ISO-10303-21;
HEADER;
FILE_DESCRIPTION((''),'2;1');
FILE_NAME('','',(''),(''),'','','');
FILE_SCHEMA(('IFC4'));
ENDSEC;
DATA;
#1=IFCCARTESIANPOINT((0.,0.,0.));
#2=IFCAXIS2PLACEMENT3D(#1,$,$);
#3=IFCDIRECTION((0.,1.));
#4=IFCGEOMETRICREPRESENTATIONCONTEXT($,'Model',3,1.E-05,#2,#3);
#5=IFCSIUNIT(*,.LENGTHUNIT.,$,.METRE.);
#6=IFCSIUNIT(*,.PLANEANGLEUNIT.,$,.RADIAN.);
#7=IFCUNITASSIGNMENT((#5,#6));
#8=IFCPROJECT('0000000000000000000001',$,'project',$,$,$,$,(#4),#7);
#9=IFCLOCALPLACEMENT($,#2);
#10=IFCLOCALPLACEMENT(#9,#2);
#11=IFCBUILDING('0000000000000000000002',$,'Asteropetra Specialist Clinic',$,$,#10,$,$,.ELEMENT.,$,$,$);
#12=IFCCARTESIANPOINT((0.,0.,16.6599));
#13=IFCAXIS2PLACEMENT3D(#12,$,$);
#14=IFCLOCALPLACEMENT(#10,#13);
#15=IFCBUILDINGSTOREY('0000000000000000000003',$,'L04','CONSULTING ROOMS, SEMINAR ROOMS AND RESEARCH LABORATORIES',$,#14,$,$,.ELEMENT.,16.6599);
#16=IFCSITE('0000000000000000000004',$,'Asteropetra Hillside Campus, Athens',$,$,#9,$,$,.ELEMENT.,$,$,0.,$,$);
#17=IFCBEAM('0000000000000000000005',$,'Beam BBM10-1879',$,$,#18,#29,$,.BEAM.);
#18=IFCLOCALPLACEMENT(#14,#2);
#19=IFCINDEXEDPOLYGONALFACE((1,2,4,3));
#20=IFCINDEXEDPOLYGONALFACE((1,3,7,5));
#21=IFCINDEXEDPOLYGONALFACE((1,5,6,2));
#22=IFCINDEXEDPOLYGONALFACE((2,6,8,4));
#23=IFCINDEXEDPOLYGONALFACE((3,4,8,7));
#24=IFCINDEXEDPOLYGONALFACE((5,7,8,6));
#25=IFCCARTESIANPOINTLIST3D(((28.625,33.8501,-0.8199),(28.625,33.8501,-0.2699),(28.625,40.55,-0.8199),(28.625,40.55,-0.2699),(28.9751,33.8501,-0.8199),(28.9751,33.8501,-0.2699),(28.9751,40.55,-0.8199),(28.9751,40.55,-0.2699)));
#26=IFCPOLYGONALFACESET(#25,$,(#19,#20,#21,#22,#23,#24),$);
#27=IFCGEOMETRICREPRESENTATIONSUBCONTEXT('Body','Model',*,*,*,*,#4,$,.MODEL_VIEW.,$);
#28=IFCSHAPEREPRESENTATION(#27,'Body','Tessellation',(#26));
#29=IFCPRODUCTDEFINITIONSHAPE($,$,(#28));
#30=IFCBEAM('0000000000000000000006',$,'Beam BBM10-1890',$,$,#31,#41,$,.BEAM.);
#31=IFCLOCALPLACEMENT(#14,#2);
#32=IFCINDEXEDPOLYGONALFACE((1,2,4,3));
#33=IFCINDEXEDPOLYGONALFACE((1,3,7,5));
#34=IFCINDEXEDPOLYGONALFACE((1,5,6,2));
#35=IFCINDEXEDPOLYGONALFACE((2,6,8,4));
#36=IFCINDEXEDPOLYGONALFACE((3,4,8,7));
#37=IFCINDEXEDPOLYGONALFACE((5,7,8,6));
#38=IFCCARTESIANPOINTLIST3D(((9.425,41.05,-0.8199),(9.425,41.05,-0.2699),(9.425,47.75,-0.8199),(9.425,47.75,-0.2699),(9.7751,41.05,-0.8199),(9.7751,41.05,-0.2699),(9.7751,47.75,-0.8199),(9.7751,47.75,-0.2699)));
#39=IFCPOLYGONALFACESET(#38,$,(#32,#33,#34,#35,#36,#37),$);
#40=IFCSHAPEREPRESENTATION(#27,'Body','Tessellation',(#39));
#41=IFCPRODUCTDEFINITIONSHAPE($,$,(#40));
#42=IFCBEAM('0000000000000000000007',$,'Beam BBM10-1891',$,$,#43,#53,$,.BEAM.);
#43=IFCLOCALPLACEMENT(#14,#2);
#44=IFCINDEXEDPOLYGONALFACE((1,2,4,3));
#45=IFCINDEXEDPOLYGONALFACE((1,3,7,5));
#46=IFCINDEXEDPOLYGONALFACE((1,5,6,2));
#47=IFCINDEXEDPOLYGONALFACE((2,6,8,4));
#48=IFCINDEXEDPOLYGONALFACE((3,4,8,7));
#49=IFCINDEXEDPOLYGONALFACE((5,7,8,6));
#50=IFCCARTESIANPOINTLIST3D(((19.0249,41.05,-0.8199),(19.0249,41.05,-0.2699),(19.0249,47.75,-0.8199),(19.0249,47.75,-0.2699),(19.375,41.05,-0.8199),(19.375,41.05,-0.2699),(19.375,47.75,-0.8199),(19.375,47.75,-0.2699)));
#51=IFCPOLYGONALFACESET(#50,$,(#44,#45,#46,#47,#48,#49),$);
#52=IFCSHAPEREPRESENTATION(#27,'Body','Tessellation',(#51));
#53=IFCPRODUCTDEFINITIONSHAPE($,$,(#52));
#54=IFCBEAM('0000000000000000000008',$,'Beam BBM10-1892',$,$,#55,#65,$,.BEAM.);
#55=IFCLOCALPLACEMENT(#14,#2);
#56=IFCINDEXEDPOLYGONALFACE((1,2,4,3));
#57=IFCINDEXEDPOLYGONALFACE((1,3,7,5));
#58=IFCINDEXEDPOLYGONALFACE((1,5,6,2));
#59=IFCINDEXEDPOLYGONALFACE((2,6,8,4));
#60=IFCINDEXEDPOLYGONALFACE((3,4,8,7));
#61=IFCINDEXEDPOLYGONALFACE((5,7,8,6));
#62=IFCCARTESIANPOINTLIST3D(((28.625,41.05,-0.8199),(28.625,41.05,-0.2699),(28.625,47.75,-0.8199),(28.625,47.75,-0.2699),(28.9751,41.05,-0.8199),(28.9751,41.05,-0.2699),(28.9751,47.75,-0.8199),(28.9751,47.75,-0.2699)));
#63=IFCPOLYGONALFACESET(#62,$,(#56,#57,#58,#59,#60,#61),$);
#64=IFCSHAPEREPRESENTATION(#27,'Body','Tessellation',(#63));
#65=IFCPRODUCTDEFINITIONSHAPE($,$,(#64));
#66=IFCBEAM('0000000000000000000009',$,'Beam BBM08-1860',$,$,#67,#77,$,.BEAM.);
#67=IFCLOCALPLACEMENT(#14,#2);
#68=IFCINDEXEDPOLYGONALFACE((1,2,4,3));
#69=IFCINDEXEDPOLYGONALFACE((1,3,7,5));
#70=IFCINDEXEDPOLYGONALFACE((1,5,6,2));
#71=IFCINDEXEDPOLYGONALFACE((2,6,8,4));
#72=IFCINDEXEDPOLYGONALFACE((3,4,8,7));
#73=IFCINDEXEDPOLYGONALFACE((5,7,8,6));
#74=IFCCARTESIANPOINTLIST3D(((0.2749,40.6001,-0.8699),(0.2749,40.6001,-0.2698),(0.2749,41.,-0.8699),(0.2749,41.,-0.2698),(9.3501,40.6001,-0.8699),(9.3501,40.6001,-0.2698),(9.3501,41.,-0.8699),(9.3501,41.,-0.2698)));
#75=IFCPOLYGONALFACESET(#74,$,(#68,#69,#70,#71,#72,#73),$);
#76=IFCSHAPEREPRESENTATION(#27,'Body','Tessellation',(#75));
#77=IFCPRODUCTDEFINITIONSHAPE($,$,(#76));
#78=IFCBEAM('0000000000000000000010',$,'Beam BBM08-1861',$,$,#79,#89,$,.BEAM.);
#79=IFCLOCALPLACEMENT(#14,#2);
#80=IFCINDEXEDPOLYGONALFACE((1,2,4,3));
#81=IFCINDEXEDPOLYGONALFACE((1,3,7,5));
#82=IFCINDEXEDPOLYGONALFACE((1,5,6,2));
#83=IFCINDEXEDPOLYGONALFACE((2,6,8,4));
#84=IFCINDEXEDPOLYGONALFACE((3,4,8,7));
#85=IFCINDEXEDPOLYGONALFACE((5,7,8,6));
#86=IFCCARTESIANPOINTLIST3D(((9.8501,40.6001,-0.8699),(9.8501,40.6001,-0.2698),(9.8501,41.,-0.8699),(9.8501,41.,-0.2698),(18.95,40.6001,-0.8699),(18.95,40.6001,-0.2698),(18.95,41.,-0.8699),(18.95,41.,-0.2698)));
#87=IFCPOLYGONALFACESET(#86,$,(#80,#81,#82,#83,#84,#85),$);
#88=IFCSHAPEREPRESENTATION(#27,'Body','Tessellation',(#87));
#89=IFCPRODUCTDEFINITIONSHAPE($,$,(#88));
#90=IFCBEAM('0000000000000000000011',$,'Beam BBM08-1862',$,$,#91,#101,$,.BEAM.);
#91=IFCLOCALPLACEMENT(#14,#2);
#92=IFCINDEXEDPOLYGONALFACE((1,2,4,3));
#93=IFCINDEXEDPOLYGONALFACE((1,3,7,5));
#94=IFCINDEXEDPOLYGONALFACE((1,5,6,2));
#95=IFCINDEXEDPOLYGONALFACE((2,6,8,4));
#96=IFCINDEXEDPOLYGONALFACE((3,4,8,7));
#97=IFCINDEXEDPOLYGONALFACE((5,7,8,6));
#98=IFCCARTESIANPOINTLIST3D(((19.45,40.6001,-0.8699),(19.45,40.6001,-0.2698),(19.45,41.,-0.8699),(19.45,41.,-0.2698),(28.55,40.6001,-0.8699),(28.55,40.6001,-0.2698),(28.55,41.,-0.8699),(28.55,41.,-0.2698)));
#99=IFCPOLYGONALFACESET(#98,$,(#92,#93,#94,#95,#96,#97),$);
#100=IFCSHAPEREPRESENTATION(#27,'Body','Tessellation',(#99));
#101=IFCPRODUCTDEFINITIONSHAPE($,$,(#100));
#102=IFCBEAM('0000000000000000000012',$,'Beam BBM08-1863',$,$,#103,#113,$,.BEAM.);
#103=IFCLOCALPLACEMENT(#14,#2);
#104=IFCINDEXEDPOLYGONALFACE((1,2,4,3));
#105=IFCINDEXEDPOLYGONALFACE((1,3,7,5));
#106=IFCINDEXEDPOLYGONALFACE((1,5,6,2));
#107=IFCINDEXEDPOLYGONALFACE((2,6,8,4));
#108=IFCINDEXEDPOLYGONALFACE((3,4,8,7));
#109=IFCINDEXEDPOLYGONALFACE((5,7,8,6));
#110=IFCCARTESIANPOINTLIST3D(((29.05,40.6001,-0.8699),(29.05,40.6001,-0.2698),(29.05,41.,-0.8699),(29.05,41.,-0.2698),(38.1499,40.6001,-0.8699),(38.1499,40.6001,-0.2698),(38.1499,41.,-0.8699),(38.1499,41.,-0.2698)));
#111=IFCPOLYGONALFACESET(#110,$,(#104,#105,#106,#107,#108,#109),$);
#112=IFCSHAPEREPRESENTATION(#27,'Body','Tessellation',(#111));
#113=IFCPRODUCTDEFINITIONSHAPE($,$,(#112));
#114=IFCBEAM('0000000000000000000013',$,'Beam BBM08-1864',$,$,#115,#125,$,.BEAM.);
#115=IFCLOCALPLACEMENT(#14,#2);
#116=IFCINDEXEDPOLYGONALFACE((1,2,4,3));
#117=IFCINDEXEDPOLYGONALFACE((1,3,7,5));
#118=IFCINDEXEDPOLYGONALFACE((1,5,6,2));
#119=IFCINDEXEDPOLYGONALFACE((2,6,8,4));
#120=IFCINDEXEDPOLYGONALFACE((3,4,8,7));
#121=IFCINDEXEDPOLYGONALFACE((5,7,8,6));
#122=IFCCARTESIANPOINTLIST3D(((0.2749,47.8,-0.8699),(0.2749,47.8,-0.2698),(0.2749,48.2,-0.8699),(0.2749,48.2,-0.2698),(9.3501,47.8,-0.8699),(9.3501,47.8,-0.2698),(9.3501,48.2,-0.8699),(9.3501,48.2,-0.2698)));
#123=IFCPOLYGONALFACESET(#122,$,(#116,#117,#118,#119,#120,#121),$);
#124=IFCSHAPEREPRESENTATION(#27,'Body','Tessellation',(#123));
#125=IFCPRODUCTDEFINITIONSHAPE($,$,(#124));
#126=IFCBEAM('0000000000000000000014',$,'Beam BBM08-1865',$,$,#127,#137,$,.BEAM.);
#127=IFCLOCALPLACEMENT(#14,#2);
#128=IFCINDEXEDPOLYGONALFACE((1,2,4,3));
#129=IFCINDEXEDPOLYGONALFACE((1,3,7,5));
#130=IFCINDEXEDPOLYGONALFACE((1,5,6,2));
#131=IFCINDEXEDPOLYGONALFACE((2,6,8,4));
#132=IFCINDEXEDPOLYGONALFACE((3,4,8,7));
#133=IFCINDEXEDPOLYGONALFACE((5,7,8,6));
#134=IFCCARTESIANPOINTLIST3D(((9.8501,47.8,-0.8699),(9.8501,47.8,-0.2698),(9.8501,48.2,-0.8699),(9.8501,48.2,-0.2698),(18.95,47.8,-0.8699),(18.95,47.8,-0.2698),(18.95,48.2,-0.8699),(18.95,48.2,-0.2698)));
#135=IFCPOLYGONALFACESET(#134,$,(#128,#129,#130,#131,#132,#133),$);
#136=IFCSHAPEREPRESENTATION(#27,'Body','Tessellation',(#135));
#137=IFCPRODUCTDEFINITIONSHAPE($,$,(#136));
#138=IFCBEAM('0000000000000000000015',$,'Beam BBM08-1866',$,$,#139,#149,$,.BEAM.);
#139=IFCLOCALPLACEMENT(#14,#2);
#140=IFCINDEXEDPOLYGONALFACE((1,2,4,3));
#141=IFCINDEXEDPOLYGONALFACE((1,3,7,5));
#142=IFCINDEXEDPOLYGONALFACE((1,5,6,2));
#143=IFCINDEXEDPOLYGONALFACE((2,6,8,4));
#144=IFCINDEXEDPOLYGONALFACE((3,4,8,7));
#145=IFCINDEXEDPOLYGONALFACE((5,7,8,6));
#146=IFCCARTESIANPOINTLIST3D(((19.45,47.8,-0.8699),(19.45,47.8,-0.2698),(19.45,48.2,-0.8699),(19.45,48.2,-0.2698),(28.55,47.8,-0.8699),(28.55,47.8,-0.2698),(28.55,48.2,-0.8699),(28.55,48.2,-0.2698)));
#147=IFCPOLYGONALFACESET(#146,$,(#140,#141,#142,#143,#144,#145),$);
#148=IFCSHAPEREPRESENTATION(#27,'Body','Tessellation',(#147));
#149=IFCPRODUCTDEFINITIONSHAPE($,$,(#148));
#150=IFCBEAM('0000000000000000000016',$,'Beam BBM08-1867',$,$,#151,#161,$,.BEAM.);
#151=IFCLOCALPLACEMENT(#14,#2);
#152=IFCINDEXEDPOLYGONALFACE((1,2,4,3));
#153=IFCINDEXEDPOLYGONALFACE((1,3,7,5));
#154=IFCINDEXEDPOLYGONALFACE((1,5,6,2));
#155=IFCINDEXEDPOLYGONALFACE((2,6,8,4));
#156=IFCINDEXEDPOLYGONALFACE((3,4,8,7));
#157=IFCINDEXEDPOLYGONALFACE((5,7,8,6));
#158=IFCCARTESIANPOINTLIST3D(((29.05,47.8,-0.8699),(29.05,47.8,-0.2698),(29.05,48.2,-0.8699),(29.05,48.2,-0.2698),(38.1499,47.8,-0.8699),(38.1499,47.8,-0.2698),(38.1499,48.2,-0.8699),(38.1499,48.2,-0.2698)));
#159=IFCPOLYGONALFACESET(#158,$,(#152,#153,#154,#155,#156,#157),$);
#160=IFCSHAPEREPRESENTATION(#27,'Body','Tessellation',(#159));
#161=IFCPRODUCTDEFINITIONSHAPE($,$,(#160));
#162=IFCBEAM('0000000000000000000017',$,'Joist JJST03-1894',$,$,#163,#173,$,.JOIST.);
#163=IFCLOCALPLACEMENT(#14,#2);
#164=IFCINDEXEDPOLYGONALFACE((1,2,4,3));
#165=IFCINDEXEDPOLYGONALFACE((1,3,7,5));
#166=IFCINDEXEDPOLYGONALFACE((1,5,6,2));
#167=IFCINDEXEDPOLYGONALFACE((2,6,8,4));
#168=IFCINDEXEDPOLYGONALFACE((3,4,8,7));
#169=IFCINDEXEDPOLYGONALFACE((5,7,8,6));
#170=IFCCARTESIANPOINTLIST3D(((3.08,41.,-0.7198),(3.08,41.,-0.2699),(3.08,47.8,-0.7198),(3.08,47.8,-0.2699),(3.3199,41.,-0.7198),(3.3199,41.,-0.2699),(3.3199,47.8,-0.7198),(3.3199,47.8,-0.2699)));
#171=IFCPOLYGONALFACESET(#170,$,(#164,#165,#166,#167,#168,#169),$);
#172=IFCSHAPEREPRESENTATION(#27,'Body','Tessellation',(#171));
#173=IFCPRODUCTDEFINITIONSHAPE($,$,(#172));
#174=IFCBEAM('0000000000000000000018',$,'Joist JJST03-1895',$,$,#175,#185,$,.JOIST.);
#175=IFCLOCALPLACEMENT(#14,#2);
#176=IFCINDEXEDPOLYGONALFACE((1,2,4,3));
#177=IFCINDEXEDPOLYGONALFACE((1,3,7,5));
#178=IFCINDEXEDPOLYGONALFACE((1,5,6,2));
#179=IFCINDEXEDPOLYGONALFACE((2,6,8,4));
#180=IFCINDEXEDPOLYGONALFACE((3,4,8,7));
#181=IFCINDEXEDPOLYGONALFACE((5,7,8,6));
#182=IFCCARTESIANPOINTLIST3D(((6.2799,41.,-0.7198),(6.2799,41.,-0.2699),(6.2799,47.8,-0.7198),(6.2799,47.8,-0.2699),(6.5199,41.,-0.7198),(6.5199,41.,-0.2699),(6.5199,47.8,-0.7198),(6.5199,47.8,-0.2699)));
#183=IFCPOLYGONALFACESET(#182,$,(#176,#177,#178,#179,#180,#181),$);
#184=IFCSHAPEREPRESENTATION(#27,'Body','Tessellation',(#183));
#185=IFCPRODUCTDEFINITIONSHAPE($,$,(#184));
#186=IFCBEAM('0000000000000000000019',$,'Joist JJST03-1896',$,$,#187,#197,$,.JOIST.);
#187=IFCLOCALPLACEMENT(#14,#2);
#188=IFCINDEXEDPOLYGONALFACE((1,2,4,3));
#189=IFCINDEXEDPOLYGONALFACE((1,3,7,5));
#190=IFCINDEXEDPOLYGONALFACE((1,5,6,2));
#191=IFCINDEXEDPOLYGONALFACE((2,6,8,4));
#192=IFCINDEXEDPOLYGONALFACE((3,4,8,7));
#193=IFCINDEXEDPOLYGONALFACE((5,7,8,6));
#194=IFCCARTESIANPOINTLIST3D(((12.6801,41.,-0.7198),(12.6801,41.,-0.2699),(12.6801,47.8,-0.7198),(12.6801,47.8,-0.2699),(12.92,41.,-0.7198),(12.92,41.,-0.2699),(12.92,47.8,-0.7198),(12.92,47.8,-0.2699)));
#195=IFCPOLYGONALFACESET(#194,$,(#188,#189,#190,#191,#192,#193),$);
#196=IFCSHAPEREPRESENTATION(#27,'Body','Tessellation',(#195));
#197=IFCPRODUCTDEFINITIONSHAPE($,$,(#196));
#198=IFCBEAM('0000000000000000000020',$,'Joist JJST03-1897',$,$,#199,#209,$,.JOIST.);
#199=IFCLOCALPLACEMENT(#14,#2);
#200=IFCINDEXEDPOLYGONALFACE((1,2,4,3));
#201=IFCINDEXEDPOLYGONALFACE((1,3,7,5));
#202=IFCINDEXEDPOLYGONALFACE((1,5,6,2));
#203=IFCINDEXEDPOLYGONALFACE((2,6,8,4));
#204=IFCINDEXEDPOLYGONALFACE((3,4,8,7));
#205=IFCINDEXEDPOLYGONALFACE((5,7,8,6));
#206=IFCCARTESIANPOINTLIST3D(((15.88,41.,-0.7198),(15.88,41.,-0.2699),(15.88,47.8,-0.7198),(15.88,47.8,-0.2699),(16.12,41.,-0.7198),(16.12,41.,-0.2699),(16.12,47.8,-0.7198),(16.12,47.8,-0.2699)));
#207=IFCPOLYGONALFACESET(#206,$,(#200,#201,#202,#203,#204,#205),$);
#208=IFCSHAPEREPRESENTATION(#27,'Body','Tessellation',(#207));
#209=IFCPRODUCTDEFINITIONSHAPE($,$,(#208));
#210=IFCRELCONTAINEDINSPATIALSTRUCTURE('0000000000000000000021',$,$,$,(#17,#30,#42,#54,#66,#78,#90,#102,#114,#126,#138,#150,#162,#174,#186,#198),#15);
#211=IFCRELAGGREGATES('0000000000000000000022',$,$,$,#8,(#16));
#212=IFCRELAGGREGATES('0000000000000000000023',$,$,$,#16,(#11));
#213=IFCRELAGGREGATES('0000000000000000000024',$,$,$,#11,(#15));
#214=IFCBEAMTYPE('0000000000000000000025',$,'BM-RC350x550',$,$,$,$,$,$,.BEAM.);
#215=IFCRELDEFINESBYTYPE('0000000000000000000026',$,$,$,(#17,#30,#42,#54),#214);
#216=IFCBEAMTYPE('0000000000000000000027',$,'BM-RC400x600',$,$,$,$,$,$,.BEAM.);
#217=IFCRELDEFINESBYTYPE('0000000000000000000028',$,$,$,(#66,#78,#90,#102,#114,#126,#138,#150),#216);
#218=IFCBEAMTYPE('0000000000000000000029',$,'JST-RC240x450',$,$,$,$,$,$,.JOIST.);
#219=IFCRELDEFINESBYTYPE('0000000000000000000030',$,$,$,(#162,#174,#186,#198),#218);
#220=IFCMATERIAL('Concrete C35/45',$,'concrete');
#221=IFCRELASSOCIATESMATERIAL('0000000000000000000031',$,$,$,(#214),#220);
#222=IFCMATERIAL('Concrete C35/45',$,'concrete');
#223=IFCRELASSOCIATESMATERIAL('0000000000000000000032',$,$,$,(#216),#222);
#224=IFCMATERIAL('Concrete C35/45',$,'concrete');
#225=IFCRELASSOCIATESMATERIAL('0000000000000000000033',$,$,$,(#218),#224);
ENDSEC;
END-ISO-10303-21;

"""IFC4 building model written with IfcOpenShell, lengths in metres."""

from ifc_helpers import new_model, si_unit, direction, frame, origin, origin_2d, place, context, subcontext, project, spatial, rectangle, extrude, material, material_profile, profile_set, type_object, element, save


model = new_model("IFC4")

# Units and contexts
model_context = context("Model", 3, precision=1e-05, world=origin(), true_north=direction((0.0, 1.0)))
body_context = subcontext(model_context, "Body", "Model", "MODEL_VIEW")
ifc_project = project(units=[si_unit("LENGTHUNIT", "METRE"), si_unit("PLANEANGLEUNIT", "RADIAN")], contexts=[model_context])

# Site, building, storey
site_placement = place(None, origin())
site = spatial("IfcSite", under=ifc_project, at=site_placement, Name="Asteropetra Hillside Campus, Athens", CompositionType="ELEMENT", RefElevation=0.0)
building_placement = place(site_placement, origin())
building = spatial("IfcBuilding", under=site, at=building_placement, Name="Asteropetra Specialist Clinic", CompositionType="ELEMENT")
storey_placement = place(building_placement, frame((0.0, 0.0, 16.6599)))
storey = spatial("IfcBuildingStorey", under=building, at=storey_placement, Name="L04", Description="CONSULTING ROOMS, SEMINAR ROOMS AND RESEARCH LABORATORIES", CompositionType="ELEMENT", Elevation=16.6599)

# Beams
ifc_material_1 = material(Name="Concrete C35/45", Category="concrete")
ifc_material_profile_1 = material_profile(ifc_material_1, rectangle(XDim=0.3501, YDim=0.55, at=origin_2d()), Name="RCB 350x550")
ifc_profile_set_1 = profile_set([ifc_material_profile_1], Name="Concrete C35/45")
beam_type_1 = type_object("IfcBeamType", Name="BM-RC350x550", PredefinedType="BEAM", material=ifc_profile_set_1)
for number, where, z_axis, x_axis, name in (
    (1, (28.8, 33.8501, -0.5449), (0.0, 1.0, 0.0), (-1.0, 0.0, 0.0), "Beam BBM10-1879"),
    (2, (9.6001, 41.05, -0.5449), (0.0, 1.0, 0.0), (-1.0, 0.0, 0.0), "Beam BBM10-1890"),
    (3, (19.2, 41.05, -0.5449), (0.0, 1.0, 0.0), (-1.0, 0.0, 0.0), "Beam BBM10-1891"),
    (4, (28.8, 41.05, -0.5449), (0.0, 1.0, 0.0), (-1.0, 0.0, 0.0), "Beam BBM10-1892"),
):
    element("IfcBeam", number, at=place(storey_placement, frame(where, z_axis=z_axis, x_axis=x_axis)), inside=storey, type_object=beam_type_1, Name=name, PredefinedType="BEAM", context=body_context, shape_type="SweptSolid", body=[
        extrude(rectangle(XDim=0.3501, YDim=0.55, at=origin_2d()), origin(), (0.0, 0.0, 1.0), 6.7),
    ])
ifc_material_2 = material(Name="Concrete C35/45", Category="concrete")
ifc_material_profile_2 = material_profile(ifc_material_2, rectangle(XDim=0.3999, YDim=0.6001, at=origin_2d()), Name="RCB 400x600")
ifc_profile_set_2 = profile_set([ifc_material_profile_2], Name="Concrete C35/45")
beam_type_2 = type_object("IfcBeamType", Name="BM-RC400x600", PredefinedType="BEAM", material=ifc_profile_set_2)
beam_1_placement = place(storey_placement, frame((0.2749, 40.8, -0.5698), z_axis=(1.0, 0.0, 0.0), x_axis=(0.0, 1.0, 0.0)))
element("IfcBeam", 5, at=beam_1_placement, inside=storey, type_object=beam_type_2, Name="Beam BBM08-1860", PredefinedType="BEAM", context=body_context, shape_type="SweptSolid", body=[
    extrude(rectangle(XDim=0.3999, YDim=0.6001, at=origin_2d()), origin(), (0.0, 0.0, 1.0), 9.0752),
])
beam_2_placement = place(storey_placement, frame((9.8501, 40.8, -0.5698), z_axis=(1.0, 0.0, 0.0), x_axis=(0.0, 1.0, 0.0)))
element("IfcBeam", 6, at=beam_2_placement, inside=storey, type_object=beam_type_2, Name="Beam BBM08-1861", PredefinedType="BEAM", context=body_context, shape_type="SweptSolid", body=[
    extrude(rectangle(XDim=0.3999, YDim=0.6001, at=origin_2d()), origin(), (0.0, 0.0, 1.0), 9.0999),
])
beam_3_placement = place(storey_placement, frame((19.45, 40.8, -0.5698), z_axis=(1.0, 0.0, 0.0), x_axis=(0.0, 1.0, 0.0)))
element("IfcBeam", 7, at=beam_3_placement, inside=storey, type_object=beam_type_2, Name="Beam BBM08-1862", PredefinedType="BEAM", context=body_context, shape_type="SweptSolid", body=[
    extrude(rectangle(XDim=0.3999, YDim=0.6001, at=origin_2d()), origin(), (0.0, 0.0, 1.0), 9.1001),
])
beam_4_placement = place(storey_placement, frame((29.05, 40.8, -0.5698), z_axis=(1.0, 0.0, 0.0), x_axis=(0.0, 1.0, 0.0)))
element("IfcBeam", 8, at=beam_4_placement, inside=storey, type_object=beam_type_2, Name="Beam BBM08-1863", PredefinedType="BEAM", context=body_context, shape_type="SweptSolid", body=[
    extrude(rectangle(XDim=0.3999, YDim=0.6001, at=origin_2d()), origin(), (0.0, 0.0, 1.0), 9.0999),
])
beam_5_placement = place(storey_placement, frame((0.2749, 48.0, -0.5698), z_axis=(1.0, 0.0, 0.0), x_axis=(0.0, 1.0, 0.0)))
element("IfcBeam", 9, at=beam_5_placement, inside=storey, type_object=beam_type_2, Name="Beam BBM08-1864", PredefinedType="BEAM", context=body_context, shape_type="SweptSolid", body=[
    extrude(rectangle(XDim=0.3999, YDim=0.6001, at=origin_2d()), origin(), (0.0, 0.0, 1.0), 9.0752),
])
beam_6_placement = place(storey_placement, frame((9.8501, 48.0, -0.5698), z_axis=(1.0, 0.0, 0.0), x_axis=(0.0, 1.0, 0.0)))
element("IfcBeam", 10, at=beam_6_placement, inside=storey, type_object=beam_type_2, Name="Beam BBM08-1865", PredefinedType="BEAM", context=body_context, shape_type="SweptSolid", body=[
    extrude(rectangle(XDim=0.3999, YDim=0.6001, at=origin_2d()), origin(), (0.0, 0.0, 1.0), 9.0999),
])
beam_7_placement = place(storey_placement, frame((19.45, 48.0, -0.5698), z_axis=(1.0, 0.0, 0.0), x_axis=(0.0, 1.0, 0.0)))
element("IfcBeam", 11, at=beam_7_placement, inside=storey, type_object=beam_type_2, Name="Beam BBM08-1866", PredefinedType="BEAM", context=body_context, shape_type="SweptSolid", body=[
    extrude(rectangle(XDim=0.3999, YDim=0.6001, at=origin_2d()), origin(), (0.0, 0.0, 1.0), 9.1001),
])
beam_8_placement = place(storey_placement, frame((29.05, 48.0, -0.5698), z_axis=(1.0, 0.0, 0.0), x_axis=(0.0, 1.0, 0.0)))
element("IfcBeam", 12, at=beam_8_placement, inside=storey, type_object=beam_type_2, Name="Beam BBM08-1867", PredefinedType="BEAM", context=body_context, shape_type="SweptSolid", body=[
    extrude(rectangle(XDim=0.3999, YDim=0.6001, at=origin_2d()), origin(), (0.0, 0.0, 1.0), 9.0999),
])
ifc_material_3 = material(Name="Concrete C35/45", Category="concrete")
ifc_material_profile_3 = material_profile(ifc_material_3, rectangle(XDim=0.24, YDim=0.45, at=origin_2d()), Name="RCJ 240x450")
ifc_profile_set_3 = profile_set([ifc_material_profile_3], Name="Concrete C35/45")
beam_type_3 = type_object("IfcBeamType", Name="JST-RC240x450", PredefinedType="JOIST", material=ifc_profile_set_3)
for number, where, z_axis, x_axis, name in (
    (13, (3.2, 41.0, -0.4949), (0.0, 1.0, 0.0), (-1.0, 0.0, 0.0), "Joist JJST03-1894"),
    (14, (6.3999, 41.0, -0.4949), (0.0, 1.0, 0.0), (-1.0, 0.0, 0.0), "Joist JJST03-1895"),
    (15, (12.8, 41.0, -0.4949), (0.0, 1.0, 0.0), (-1.0, 0.0, 0.0), "Joist JJST03-1896"),
    (16, (16.0, 41.0, -0.4949), (0.0, 1.0, 0.0), (-1.0, 0.0, 0.0), "Joist JJST03-1897"),
):
    element("IfcBeam", number, at=place(storey_placement, frame(where, z_axis=z_axis, x_axis=x_axis)), inside=storey, type_object=beam_type_3, Name=name, PredefinedType="JOIST", context=body_context, shape_type="SweptSolid", body=[
        extrude(rectangle(XDim=0.24, YDim=0.45, at=origin_2d()), origin(), (0.0, 0.0, 1.0), 6.8),
    ])

save(model, "model.ifc")
